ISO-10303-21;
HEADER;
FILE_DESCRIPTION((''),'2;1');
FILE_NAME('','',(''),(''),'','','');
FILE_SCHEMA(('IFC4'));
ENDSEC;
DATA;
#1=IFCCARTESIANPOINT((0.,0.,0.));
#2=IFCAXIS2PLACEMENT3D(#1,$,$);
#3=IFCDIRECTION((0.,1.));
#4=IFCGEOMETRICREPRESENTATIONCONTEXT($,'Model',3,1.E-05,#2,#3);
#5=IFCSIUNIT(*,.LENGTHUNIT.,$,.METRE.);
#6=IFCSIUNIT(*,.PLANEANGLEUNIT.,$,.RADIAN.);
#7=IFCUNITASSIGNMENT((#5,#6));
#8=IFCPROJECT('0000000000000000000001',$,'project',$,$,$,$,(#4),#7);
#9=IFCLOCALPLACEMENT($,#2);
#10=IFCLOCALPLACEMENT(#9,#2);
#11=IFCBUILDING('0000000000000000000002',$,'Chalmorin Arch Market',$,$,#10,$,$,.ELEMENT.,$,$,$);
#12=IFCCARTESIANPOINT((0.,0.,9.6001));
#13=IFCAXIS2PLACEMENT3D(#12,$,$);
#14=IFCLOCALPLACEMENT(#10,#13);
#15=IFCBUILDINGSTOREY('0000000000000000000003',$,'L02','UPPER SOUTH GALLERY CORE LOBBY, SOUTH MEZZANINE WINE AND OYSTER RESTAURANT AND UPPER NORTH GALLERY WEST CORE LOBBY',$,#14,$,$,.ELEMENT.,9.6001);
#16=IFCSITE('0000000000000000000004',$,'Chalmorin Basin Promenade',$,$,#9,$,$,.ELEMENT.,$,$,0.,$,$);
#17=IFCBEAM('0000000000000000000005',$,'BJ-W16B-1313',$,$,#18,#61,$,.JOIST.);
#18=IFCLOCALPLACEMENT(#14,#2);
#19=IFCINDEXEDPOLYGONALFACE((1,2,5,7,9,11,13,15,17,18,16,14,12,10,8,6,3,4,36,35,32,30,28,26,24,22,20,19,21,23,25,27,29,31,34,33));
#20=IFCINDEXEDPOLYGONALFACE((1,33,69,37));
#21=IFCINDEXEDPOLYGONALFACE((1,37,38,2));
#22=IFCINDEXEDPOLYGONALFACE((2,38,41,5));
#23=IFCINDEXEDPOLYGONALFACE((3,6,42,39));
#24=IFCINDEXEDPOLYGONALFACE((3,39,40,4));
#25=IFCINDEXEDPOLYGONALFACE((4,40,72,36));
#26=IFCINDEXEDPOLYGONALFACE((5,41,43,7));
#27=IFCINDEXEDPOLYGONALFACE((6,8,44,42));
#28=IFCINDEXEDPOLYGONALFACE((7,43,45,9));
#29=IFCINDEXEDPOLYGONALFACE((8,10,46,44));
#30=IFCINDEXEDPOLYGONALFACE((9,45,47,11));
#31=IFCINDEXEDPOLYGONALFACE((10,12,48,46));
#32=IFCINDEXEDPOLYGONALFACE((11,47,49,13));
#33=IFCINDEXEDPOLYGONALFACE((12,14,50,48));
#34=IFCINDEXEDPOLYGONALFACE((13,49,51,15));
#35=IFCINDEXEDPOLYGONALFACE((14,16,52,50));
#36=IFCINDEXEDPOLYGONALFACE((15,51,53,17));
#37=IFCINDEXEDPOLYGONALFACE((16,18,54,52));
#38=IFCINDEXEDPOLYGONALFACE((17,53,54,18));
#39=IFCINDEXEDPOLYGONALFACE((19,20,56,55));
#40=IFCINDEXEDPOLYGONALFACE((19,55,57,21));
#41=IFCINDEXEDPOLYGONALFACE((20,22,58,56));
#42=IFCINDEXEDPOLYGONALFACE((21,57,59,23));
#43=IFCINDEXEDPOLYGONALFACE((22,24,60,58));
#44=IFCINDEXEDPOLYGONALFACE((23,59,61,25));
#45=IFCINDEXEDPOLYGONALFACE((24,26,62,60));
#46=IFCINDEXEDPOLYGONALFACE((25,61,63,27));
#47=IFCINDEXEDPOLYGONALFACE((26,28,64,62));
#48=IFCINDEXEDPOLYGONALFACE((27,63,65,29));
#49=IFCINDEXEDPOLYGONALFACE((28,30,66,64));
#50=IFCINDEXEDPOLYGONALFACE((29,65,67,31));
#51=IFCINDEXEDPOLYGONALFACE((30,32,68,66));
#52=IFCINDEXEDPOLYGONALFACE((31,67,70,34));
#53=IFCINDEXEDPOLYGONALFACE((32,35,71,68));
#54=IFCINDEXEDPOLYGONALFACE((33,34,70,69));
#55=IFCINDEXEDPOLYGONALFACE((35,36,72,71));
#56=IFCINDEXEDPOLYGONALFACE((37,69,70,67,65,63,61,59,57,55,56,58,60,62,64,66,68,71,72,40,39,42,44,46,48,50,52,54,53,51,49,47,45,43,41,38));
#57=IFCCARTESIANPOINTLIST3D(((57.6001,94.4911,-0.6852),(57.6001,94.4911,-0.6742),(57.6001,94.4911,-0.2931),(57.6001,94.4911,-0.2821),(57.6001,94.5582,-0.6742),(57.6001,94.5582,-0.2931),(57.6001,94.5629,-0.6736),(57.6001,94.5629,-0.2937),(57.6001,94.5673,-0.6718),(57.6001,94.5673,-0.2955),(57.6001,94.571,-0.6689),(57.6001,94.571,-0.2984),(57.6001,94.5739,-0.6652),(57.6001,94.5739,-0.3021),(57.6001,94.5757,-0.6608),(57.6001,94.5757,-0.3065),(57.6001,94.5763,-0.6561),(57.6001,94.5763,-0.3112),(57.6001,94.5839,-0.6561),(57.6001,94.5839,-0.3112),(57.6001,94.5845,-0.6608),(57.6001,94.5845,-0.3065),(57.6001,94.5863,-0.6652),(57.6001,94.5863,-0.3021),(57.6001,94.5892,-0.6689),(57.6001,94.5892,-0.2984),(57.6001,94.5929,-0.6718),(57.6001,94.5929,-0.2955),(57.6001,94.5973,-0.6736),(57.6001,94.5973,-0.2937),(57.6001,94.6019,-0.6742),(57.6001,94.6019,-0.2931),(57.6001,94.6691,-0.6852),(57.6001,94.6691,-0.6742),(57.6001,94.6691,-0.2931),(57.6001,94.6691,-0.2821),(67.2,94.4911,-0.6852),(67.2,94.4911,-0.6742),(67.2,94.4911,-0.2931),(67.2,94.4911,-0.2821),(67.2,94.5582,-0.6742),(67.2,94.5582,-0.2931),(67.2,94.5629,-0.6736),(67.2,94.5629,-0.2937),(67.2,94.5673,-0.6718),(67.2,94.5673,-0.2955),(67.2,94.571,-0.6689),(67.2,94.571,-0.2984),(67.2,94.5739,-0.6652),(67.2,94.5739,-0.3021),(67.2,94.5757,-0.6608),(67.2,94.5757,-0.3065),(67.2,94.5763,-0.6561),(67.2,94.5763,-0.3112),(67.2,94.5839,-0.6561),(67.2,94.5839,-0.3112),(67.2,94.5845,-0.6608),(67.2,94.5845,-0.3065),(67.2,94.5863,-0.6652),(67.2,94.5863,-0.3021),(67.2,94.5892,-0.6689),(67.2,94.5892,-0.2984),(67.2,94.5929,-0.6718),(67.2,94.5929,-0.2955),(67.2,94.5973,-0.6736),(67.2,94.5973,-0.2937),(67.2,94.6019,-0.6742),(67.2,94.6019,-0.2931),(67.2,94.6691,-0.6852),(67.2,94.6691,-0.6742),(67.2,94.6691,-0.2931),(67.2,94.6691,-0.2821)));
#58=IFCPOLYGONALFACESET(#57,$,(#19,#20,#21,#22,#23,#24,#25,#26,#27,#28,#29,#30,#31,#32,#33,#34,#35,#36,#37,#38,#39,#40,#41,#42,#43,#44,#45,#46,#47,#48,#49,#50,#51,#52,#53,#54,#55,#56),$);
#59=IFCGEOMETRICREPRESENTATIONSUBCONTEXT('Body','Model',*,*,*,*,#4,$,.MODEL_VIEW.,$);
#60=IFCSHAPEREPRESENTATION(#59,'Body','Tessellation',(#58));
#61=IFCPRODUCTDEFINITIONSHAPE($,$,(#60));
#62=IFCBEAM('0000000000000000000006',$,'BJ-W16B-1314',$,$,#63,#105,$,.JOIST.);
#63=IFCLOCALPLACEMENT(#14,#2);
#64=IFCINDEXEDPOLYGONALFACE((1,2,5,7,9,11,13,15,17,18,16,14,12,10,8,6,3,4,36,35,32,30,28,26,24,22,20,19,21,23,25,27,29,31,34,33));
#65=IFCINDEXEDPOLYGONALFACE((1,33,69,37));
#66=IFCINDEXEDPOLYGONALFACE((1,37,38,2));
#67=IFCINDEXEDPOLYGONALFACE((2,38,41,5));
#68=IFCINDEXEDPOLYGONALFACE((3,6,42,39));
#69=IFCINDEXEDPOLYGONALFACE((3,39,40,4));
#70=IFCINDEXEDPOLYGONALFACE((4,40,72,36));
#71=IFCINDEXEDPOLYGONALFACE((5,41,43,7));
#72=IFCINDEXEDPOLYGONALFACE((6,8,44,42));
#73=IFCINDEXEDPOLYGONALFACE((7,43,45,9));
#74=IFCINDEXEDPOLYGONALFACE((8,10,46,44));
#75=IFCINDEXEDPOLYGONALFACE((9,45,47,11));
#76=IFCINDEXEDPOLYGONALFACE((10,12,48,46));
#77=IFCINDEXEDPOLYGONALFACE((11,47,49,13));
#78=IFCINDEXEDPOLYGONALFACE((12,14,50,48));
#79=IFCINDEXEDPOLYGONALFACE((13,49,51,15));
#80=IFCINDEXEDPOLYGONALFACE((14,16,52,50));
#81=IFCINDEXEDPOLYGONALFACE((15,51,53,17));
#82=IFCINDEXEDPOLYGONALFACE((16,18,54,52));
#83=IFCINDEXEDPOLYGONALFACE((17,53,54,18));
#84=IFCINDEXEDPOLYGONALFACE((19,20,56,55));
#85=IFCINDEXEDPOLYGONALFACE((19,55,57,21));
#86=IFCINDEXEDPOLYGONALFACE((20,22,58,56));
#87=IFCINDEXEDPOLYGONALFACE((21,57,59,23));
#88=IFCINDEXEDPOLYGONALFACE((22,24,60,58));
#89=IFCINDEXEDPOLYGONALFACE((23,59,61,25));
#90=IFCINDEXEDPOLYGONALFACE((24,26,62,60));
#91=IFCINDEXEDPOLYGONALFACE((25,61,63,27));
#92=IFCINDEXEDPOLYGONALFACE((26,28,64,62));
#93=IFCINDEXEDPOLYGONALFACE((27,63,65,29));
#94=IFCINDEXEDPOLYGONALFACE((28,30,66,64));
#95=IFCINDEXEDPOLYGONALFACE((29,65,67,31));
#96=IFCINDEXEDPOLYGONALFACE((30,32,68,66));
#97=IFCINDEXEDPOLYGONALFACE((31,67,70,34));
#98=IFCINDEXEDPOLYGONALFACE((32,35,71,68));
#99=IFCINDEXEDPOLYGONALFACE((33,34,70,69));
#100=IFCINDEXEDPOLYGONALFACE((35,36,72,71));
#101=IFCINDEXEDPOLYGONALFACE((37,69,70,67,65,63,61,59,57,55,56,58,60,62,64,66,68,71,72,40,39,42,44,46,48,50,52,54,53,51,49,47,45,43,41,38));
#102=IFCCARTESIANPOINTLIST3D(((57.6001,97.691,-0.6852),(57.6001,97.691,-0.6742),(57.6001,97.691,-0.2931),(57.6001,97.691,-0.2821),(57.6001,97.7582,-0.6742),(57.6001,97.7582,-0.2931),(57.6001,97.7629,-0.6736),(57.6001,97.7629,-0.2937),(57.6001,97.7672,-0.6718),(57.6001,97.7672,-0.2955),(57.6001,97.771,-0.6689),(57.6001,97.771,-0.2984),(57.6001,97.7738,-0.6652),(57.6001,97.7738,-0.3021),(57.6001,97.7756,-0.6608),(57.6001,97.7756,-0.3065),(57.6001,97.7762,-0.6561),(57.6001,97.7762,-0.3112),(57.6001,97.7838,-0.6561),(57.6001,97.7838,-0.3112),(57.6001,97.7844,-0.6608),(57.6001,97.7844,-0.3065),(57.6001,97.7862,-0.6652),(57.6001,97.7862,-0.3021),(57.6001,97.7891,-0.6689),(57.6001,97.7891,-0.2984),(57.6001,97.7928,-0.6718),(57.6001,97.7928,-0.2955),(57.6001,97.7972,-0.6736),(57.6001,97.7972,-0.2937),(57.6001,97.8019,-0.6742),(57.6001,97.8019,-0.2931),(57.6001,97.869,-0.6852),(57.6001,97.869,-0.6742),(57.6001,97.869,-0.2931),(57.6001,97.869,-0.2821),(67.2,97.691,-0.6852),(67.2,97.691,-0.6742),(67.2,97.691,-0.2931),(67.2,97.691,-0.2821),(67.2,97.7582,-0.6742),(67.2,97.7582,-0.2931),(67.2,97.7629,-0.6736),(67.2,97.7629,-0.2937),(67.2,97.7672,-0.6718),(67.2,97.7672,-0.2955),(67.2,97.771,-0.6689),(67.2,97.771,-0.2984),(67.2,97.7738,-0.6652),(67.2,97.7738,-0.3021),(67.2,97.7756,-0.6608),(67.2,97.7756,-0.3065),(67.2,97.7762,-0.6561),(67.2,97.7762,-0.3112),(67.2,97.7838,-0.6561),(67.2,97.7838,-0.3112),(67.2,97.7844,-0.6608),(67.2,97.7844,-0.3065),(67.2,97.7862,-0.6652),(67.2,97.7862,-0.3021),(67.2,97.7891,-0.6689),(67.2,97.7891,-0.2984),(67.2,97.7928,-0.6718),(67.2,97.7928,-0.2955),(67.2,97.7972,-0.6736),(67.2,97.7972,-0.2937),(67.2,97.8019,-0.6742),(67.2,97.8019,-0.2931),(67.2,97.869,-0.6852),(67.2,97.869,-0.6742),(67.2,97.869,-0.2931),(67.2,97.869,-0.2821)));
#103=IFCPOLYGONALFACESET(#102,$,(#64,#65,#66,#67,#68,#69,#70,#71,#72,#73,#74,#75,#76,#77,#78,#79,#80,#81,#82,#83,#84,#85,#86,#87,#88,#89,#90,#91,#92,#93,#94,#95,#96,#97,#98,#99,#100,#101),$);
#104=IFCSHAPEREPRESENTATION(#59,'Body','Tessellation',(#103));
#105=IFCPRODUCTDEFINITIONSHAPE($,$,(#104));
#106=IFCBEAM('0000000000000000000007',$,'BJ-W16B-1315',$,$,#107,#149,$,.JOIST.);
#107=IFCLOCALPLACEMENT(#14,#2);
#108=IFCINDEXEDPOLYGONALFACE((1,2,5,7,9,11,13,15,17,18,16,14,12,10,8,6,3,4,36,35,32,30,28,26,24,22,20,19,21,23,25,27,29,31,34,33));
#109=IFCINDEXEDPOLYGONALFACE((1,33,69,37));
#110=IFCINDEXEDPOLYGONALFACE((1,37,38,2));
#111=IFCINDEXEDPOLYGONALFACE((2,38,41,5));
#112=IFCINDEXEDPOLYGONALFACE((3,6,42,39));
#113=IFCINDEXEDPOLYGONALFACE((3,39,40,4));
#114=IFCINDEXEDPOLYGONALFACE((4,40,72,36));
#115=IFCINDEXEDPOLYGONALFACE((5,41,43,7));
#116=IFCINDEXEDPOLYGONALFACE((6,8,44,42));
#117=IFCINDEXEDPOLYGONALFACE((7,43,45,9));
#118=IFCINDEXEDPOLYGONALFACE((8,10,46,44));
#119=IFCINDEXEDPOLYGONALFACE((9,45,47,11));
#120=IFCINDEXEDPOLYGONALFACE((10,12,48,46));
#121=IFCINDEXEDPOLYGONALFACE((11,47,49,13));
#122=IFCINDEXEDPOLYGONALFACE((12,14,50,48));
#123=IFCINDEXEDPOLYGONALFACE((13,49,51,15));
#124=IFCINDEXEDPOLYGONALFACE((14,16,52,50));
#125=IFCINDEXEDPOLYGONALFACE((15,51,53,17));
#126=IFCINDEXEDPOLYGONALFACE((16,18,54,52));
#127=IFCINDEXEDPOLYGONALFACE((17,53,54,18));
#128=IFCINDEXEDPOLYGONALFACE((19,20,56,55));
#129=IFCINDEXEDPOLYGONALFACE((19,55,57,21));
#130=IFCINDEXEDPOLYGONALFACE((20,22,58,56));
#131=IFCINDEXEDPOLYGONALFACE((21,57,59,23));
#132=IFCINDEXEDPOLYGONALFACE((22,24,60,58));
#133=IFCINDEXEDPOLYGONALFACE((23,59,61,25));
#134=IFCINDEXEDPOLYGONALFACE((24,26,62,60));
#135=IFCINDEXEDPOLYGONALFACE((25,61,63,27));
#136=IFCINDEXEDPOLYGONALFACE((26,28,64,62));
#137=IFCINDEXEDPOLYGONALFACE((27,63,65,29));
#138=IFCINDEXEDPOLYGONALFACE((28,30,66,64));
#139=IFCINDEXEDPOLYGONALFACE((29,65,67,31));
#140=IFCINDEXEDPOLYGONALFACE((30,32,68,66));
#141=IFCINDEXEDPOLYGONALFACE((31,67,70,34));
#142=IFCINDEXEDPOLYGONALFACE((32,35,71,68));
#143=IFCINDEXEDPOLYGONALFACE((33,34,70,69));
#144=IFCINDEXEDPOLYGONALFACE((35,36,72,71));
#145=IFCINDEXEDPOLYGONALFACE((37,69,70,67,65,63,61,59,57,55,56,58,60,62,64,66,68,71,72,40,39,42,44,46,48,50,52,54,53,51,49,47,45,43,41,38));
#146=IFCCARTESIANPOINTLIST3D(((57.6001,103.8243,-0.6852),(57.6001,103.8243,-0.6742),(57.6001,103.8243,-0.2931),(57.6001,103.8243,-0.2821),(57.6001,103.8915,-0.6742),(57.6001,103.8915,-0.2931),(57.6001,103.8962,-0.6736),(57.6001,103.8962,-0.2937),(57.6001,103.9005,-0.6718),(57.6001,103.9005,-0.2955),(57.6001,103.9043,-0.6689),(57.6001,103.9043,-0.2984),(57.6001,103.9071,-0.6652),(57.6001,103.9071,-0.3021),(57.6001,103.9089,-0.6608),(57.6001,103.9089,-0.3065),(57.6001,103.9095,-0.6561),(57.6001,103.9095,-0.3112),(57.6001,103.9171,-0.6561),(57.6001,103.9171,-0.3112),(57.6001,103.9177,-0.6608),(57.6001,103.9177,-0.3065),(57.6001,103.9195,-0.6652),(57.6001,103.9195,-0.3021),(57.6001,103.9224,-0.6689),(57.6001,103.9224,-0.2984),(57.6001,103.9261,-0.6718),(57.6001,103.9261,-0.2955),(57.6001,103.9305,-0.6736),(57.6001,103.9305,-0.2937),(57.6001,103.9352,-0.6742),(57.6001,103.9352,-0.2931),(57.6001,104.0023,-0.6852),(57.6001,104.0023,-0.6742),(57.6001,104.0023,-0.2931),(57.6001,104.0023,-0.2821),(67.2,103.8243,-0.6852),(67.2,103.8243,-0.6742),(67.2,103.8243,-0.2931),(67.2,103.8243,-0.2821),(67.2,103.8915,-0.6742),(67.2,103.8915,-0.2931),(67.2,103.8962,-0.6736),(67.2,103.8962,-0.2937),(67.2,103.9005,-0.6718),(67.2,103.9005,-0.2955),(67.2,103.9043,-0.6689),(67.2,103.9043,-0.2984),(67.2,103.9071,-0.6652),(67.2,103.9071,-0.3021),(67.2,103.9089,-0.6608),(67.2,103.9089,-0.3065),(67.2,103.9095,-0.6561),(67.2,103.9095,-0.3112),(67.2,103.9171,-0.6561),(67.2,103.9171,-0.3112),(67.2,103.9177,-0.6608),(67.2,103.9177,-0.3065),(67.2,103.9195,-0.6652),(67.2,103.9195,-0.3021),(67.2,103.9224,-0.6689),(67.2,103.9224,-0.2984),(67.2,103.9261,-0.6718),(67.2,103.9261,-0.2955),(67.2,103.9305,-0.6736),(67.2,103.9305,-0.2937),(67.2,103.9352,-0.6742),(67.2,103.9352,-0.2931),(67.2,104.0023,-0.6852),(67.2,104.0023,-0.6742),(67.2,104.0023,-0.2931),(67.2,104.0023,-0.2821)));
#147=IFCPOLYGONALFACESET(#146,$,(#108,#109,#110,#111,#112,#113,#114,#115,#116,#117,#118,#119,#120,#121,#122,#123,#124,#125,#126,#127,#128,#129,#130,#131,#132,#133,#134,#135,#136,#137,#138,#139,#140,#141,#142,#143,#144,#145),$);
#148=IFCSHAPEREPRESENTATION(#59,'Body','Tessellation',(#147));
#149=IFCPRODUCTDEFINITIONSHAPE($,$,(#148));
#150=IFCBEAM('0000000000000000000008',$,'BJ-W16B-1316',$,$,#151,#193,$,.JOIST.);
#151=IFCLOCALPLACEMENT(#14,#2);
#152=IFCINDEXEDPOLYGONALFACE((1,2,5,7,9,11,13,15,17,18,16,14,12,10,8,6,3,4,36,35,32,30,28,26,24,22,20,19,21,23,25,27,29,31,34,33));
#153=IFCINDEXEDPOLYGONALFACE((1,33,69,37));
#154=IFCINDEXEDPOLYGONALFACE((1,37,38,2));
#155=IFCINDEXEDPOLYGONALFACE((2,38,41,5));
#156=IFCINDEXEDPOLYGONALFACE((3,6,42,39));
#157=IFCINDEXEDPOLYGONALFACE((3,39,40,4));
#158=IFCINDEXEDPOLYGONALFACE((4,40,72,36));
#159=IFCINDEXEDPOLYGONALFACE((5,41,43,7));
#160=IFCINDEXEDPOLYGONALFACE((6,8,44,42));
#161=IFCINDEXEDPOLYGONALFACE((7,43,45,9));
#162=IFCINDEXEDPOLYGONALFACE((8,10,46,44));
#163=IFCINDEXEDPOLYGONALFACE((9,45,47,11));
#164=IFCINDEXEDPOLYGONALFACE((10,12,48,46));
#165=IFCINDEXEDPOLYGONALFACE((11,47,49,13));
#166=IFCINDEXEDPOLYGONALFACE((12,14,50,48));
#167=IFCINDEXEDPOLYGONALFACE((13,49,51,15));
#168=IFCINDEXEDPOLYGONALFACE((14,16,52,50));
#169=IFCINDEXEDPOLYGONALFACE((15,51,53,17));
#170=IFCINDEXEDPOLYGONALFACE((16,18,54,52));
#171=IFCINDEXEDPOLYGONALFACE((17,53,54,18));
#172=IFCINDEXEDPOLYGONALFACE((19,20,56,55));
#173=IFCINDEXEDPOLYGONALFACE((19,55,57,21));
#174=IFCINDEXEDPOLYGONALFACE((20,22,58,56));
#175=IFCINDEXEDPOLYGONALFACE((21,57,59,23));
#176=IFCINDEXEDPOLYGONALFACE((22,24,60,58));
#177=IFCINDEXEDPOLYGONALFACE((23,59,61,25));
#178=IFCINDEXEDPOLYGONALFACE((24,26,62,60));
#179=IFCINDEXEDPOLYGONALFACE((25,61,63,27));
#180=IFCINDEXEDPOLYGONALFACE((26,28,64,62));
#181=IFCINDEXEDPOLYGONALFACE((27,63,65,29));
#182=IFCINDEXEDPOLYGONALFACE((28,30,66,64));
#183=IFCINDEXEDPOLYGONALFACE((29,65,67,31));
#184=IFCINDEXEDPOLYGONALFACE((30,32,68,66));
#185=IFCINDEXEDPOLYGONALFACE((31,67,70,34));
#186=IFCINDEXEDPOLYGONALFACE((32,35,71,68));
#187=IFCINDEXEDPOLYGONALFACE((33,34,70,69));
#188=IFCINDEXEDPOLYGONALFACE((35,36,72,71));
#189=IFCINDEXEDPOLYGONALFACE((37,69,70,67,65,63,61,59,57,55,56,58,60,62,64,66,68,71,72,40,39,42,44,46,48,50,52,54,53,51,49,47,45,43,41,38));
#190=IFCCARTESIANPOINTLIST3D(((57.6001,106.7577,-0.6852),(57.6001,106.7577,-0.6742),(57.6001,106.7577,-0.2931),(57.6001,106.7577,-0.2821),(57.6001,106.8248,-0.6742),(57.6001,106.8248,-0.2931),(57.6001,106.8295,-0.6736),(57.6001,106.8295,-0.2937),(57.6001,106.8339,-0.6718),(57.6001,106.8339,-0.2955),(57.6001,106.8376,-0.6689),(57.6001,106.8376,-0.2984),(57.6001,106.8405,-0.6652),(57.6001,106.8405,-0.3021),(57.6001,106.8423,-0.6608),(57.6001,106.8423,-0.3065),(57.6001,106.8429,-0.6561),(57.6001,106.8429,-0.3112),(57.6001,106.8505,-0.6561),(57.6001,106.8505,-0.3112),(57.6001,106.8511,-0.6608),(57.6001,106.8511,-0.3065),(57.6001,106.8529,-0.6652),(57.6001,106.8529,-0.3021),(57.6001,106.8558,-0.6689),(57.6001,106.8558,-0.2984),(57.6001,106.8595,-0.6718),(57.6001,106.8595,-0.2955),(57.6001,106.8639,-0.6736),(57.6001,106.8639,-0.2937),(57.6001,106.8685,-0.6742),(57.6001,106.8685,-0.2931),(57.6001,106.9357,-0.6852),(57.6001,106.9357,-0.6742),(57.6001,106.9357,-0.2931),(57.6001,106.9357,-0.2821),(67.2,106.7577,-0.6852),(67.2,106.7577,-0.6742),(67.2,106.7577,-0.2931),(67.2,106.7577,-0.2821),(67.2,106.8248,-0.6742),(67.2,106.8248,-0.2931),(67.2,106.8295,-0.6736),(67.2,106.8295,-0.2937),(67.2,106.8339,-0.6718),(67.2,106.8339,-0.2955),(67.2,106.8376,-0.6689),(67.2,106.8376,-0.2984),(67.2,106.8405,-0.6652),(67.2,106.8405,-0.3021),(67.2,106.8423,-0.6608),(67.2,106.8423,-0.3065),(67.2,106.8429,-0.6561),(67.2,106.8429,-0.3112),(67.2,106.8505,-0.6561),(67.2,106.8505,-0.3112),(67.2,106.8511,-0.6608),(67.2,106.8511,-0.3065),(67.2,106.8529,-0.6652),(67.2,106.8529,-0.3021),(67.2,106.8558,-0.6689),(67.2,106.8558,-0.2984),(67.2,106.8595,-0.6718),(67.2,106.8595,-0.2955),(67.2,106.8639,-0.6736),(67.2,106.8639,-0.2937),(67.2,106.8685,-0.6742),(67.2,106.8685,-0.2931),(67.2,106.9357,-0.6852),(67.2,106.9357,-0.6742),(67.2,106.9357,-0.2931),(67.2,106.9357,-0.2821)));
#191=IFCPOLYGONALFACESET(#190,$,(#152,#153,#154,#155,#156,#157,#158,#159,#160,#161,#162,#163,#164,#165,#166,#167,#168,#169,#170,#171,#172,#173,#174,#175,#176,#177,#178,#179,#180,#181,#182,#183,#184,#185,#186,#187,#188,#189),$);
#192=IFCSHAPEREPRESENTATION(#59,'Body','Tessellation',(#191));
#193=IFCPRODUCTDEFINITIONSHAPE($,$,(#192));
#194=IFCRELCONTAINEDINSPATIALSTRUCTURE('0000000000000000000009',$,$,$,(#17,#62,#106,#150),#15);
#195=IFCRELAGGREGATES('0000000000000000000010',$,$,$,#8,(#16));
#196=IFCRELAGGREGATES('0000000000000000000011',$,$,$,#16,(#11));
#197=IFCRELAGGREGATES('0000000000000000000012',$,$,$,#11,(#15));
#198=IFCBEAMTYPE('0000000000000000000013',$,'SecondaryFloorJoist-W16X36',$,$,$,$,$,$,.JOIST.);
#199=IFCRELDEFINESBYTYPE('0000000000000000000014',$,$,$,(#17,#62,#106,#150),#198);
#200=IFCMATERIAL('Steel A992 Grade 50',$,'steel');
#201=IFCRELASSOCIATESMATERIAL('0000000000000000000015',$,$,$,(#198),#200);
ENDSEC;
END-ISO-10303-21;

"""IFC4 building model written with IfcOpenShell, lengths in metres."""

from ifc_helpers import new_model, si_unit, direction, frame, origin, origin_2d, place, context, subcontext, project, spatial, i_section, extrude, material, material_profile, profile_set, type_object, element, save


model = new_model("IFC4")

# Units and contexts
model_context = context("Model", 3, precision=1e-05, world=origin(), true_north=direction((0.0, 1.0)))
body_context = subcontext(model_context, "Body", "Model", "MODEL_VIEW")
ifc_project = project(units=[si_unit("LENGTHUNIT", "METRE"), si_unit("PLANEANGLEUNIT", "RADIAN")], contexts=[model_context])

# Site, building, storey
site_placement = place(None, origin())
site = spatial("IfcSite", under=ifc_project, at=site_placement, Name="Chalmorin Basin Promenade", CompositionType="ELEMENT", RefElevation=0.0)
building_placement = place(site_placement, origin())
building = spatial("IfcBuilding", under=site, at=building_placement, Name="Chalmorin Arch Market", CompositionType="ELEMENT")
storey_placement = place(building_placement, frame((0.0, 0.0, 9.6001)))
storey = spatial("IfcBuildingStorey", under=building, at=storey_placement, Name="L02", Description="UPPER SOUTH GALLERY CORE LOBBY, SOUTH MEZZANINE WINE AND OYSTER RESTAURANT AND UPPER NORTH GALLERY WEST CORE LOBBY", CompositionType="ELEMENT", Elevation=9.6001)

# Beams
ifc_material_1 = material(Name="Steel A992 Grade 50", Category="steel")
ifc_material_profile_1 = material_profile(ifc_material_1, i_section(OverallWidth=0.178, OverallDepth=0.4031, WebThickness=0.0076, FlangeThickness=0.011, FilletRadius=0.0181, at=origin_2d()), Name="W16X36")
ifc_profile_set_1 = profile_set([ifc_material_profile_1], Name="Steel A992 Grade 50")
beam_type_1 = type_object("IfcBeamType", Name="SecondaryFloorJoist-W16X36", PredefinedType="JOIST", material=ifc_profile_set_1)
for number, where, z_axis, x_axis, name in (
    (1, (57.6001, 94.5801, -0.4836), (1.0, 0.0, 0.0), (0.0, 1.0, 0.0), "BJ-W16B-1313"),
    (2, (57.6001, 97.78, -0.4836), (1.0, 0.0, 0.0), (0.0, 1.0, 0.0), "BJ-W16B-1314"),
    (3, (57.6001, 103.9133, -0.4836), (1.0, 0.0, 0.0), (0.0, 1.0, 0.0), "BJ-W16B-1315"),
    (4, (57.6001, 106.8467, -0.4836), (1.0, 0.0, 0.0), (0.0, 1.0, 0.0), "BJ-W16B-1316"),
):
    element("IfcBeam", number, at=place(storey_placement, frame(where, z_axis=z_axis, x_axis=x_axis)), inside=storey, type_object=beam_type_1, Name=name, PredefinedType="JOIST", context=body_context, shape_type="SweptSolid", body=[
        extrude(i_section(OverallWidth=0.178, OverallDepth=0.4031, WebThickness=0.0076, FlangeThickness=0.011, FilletRadius=0.0181, at=origin_2d()), origin(), (0.0, 0.0, 1.0), 9.5999),
    ])

save(model, "model.ifc")
